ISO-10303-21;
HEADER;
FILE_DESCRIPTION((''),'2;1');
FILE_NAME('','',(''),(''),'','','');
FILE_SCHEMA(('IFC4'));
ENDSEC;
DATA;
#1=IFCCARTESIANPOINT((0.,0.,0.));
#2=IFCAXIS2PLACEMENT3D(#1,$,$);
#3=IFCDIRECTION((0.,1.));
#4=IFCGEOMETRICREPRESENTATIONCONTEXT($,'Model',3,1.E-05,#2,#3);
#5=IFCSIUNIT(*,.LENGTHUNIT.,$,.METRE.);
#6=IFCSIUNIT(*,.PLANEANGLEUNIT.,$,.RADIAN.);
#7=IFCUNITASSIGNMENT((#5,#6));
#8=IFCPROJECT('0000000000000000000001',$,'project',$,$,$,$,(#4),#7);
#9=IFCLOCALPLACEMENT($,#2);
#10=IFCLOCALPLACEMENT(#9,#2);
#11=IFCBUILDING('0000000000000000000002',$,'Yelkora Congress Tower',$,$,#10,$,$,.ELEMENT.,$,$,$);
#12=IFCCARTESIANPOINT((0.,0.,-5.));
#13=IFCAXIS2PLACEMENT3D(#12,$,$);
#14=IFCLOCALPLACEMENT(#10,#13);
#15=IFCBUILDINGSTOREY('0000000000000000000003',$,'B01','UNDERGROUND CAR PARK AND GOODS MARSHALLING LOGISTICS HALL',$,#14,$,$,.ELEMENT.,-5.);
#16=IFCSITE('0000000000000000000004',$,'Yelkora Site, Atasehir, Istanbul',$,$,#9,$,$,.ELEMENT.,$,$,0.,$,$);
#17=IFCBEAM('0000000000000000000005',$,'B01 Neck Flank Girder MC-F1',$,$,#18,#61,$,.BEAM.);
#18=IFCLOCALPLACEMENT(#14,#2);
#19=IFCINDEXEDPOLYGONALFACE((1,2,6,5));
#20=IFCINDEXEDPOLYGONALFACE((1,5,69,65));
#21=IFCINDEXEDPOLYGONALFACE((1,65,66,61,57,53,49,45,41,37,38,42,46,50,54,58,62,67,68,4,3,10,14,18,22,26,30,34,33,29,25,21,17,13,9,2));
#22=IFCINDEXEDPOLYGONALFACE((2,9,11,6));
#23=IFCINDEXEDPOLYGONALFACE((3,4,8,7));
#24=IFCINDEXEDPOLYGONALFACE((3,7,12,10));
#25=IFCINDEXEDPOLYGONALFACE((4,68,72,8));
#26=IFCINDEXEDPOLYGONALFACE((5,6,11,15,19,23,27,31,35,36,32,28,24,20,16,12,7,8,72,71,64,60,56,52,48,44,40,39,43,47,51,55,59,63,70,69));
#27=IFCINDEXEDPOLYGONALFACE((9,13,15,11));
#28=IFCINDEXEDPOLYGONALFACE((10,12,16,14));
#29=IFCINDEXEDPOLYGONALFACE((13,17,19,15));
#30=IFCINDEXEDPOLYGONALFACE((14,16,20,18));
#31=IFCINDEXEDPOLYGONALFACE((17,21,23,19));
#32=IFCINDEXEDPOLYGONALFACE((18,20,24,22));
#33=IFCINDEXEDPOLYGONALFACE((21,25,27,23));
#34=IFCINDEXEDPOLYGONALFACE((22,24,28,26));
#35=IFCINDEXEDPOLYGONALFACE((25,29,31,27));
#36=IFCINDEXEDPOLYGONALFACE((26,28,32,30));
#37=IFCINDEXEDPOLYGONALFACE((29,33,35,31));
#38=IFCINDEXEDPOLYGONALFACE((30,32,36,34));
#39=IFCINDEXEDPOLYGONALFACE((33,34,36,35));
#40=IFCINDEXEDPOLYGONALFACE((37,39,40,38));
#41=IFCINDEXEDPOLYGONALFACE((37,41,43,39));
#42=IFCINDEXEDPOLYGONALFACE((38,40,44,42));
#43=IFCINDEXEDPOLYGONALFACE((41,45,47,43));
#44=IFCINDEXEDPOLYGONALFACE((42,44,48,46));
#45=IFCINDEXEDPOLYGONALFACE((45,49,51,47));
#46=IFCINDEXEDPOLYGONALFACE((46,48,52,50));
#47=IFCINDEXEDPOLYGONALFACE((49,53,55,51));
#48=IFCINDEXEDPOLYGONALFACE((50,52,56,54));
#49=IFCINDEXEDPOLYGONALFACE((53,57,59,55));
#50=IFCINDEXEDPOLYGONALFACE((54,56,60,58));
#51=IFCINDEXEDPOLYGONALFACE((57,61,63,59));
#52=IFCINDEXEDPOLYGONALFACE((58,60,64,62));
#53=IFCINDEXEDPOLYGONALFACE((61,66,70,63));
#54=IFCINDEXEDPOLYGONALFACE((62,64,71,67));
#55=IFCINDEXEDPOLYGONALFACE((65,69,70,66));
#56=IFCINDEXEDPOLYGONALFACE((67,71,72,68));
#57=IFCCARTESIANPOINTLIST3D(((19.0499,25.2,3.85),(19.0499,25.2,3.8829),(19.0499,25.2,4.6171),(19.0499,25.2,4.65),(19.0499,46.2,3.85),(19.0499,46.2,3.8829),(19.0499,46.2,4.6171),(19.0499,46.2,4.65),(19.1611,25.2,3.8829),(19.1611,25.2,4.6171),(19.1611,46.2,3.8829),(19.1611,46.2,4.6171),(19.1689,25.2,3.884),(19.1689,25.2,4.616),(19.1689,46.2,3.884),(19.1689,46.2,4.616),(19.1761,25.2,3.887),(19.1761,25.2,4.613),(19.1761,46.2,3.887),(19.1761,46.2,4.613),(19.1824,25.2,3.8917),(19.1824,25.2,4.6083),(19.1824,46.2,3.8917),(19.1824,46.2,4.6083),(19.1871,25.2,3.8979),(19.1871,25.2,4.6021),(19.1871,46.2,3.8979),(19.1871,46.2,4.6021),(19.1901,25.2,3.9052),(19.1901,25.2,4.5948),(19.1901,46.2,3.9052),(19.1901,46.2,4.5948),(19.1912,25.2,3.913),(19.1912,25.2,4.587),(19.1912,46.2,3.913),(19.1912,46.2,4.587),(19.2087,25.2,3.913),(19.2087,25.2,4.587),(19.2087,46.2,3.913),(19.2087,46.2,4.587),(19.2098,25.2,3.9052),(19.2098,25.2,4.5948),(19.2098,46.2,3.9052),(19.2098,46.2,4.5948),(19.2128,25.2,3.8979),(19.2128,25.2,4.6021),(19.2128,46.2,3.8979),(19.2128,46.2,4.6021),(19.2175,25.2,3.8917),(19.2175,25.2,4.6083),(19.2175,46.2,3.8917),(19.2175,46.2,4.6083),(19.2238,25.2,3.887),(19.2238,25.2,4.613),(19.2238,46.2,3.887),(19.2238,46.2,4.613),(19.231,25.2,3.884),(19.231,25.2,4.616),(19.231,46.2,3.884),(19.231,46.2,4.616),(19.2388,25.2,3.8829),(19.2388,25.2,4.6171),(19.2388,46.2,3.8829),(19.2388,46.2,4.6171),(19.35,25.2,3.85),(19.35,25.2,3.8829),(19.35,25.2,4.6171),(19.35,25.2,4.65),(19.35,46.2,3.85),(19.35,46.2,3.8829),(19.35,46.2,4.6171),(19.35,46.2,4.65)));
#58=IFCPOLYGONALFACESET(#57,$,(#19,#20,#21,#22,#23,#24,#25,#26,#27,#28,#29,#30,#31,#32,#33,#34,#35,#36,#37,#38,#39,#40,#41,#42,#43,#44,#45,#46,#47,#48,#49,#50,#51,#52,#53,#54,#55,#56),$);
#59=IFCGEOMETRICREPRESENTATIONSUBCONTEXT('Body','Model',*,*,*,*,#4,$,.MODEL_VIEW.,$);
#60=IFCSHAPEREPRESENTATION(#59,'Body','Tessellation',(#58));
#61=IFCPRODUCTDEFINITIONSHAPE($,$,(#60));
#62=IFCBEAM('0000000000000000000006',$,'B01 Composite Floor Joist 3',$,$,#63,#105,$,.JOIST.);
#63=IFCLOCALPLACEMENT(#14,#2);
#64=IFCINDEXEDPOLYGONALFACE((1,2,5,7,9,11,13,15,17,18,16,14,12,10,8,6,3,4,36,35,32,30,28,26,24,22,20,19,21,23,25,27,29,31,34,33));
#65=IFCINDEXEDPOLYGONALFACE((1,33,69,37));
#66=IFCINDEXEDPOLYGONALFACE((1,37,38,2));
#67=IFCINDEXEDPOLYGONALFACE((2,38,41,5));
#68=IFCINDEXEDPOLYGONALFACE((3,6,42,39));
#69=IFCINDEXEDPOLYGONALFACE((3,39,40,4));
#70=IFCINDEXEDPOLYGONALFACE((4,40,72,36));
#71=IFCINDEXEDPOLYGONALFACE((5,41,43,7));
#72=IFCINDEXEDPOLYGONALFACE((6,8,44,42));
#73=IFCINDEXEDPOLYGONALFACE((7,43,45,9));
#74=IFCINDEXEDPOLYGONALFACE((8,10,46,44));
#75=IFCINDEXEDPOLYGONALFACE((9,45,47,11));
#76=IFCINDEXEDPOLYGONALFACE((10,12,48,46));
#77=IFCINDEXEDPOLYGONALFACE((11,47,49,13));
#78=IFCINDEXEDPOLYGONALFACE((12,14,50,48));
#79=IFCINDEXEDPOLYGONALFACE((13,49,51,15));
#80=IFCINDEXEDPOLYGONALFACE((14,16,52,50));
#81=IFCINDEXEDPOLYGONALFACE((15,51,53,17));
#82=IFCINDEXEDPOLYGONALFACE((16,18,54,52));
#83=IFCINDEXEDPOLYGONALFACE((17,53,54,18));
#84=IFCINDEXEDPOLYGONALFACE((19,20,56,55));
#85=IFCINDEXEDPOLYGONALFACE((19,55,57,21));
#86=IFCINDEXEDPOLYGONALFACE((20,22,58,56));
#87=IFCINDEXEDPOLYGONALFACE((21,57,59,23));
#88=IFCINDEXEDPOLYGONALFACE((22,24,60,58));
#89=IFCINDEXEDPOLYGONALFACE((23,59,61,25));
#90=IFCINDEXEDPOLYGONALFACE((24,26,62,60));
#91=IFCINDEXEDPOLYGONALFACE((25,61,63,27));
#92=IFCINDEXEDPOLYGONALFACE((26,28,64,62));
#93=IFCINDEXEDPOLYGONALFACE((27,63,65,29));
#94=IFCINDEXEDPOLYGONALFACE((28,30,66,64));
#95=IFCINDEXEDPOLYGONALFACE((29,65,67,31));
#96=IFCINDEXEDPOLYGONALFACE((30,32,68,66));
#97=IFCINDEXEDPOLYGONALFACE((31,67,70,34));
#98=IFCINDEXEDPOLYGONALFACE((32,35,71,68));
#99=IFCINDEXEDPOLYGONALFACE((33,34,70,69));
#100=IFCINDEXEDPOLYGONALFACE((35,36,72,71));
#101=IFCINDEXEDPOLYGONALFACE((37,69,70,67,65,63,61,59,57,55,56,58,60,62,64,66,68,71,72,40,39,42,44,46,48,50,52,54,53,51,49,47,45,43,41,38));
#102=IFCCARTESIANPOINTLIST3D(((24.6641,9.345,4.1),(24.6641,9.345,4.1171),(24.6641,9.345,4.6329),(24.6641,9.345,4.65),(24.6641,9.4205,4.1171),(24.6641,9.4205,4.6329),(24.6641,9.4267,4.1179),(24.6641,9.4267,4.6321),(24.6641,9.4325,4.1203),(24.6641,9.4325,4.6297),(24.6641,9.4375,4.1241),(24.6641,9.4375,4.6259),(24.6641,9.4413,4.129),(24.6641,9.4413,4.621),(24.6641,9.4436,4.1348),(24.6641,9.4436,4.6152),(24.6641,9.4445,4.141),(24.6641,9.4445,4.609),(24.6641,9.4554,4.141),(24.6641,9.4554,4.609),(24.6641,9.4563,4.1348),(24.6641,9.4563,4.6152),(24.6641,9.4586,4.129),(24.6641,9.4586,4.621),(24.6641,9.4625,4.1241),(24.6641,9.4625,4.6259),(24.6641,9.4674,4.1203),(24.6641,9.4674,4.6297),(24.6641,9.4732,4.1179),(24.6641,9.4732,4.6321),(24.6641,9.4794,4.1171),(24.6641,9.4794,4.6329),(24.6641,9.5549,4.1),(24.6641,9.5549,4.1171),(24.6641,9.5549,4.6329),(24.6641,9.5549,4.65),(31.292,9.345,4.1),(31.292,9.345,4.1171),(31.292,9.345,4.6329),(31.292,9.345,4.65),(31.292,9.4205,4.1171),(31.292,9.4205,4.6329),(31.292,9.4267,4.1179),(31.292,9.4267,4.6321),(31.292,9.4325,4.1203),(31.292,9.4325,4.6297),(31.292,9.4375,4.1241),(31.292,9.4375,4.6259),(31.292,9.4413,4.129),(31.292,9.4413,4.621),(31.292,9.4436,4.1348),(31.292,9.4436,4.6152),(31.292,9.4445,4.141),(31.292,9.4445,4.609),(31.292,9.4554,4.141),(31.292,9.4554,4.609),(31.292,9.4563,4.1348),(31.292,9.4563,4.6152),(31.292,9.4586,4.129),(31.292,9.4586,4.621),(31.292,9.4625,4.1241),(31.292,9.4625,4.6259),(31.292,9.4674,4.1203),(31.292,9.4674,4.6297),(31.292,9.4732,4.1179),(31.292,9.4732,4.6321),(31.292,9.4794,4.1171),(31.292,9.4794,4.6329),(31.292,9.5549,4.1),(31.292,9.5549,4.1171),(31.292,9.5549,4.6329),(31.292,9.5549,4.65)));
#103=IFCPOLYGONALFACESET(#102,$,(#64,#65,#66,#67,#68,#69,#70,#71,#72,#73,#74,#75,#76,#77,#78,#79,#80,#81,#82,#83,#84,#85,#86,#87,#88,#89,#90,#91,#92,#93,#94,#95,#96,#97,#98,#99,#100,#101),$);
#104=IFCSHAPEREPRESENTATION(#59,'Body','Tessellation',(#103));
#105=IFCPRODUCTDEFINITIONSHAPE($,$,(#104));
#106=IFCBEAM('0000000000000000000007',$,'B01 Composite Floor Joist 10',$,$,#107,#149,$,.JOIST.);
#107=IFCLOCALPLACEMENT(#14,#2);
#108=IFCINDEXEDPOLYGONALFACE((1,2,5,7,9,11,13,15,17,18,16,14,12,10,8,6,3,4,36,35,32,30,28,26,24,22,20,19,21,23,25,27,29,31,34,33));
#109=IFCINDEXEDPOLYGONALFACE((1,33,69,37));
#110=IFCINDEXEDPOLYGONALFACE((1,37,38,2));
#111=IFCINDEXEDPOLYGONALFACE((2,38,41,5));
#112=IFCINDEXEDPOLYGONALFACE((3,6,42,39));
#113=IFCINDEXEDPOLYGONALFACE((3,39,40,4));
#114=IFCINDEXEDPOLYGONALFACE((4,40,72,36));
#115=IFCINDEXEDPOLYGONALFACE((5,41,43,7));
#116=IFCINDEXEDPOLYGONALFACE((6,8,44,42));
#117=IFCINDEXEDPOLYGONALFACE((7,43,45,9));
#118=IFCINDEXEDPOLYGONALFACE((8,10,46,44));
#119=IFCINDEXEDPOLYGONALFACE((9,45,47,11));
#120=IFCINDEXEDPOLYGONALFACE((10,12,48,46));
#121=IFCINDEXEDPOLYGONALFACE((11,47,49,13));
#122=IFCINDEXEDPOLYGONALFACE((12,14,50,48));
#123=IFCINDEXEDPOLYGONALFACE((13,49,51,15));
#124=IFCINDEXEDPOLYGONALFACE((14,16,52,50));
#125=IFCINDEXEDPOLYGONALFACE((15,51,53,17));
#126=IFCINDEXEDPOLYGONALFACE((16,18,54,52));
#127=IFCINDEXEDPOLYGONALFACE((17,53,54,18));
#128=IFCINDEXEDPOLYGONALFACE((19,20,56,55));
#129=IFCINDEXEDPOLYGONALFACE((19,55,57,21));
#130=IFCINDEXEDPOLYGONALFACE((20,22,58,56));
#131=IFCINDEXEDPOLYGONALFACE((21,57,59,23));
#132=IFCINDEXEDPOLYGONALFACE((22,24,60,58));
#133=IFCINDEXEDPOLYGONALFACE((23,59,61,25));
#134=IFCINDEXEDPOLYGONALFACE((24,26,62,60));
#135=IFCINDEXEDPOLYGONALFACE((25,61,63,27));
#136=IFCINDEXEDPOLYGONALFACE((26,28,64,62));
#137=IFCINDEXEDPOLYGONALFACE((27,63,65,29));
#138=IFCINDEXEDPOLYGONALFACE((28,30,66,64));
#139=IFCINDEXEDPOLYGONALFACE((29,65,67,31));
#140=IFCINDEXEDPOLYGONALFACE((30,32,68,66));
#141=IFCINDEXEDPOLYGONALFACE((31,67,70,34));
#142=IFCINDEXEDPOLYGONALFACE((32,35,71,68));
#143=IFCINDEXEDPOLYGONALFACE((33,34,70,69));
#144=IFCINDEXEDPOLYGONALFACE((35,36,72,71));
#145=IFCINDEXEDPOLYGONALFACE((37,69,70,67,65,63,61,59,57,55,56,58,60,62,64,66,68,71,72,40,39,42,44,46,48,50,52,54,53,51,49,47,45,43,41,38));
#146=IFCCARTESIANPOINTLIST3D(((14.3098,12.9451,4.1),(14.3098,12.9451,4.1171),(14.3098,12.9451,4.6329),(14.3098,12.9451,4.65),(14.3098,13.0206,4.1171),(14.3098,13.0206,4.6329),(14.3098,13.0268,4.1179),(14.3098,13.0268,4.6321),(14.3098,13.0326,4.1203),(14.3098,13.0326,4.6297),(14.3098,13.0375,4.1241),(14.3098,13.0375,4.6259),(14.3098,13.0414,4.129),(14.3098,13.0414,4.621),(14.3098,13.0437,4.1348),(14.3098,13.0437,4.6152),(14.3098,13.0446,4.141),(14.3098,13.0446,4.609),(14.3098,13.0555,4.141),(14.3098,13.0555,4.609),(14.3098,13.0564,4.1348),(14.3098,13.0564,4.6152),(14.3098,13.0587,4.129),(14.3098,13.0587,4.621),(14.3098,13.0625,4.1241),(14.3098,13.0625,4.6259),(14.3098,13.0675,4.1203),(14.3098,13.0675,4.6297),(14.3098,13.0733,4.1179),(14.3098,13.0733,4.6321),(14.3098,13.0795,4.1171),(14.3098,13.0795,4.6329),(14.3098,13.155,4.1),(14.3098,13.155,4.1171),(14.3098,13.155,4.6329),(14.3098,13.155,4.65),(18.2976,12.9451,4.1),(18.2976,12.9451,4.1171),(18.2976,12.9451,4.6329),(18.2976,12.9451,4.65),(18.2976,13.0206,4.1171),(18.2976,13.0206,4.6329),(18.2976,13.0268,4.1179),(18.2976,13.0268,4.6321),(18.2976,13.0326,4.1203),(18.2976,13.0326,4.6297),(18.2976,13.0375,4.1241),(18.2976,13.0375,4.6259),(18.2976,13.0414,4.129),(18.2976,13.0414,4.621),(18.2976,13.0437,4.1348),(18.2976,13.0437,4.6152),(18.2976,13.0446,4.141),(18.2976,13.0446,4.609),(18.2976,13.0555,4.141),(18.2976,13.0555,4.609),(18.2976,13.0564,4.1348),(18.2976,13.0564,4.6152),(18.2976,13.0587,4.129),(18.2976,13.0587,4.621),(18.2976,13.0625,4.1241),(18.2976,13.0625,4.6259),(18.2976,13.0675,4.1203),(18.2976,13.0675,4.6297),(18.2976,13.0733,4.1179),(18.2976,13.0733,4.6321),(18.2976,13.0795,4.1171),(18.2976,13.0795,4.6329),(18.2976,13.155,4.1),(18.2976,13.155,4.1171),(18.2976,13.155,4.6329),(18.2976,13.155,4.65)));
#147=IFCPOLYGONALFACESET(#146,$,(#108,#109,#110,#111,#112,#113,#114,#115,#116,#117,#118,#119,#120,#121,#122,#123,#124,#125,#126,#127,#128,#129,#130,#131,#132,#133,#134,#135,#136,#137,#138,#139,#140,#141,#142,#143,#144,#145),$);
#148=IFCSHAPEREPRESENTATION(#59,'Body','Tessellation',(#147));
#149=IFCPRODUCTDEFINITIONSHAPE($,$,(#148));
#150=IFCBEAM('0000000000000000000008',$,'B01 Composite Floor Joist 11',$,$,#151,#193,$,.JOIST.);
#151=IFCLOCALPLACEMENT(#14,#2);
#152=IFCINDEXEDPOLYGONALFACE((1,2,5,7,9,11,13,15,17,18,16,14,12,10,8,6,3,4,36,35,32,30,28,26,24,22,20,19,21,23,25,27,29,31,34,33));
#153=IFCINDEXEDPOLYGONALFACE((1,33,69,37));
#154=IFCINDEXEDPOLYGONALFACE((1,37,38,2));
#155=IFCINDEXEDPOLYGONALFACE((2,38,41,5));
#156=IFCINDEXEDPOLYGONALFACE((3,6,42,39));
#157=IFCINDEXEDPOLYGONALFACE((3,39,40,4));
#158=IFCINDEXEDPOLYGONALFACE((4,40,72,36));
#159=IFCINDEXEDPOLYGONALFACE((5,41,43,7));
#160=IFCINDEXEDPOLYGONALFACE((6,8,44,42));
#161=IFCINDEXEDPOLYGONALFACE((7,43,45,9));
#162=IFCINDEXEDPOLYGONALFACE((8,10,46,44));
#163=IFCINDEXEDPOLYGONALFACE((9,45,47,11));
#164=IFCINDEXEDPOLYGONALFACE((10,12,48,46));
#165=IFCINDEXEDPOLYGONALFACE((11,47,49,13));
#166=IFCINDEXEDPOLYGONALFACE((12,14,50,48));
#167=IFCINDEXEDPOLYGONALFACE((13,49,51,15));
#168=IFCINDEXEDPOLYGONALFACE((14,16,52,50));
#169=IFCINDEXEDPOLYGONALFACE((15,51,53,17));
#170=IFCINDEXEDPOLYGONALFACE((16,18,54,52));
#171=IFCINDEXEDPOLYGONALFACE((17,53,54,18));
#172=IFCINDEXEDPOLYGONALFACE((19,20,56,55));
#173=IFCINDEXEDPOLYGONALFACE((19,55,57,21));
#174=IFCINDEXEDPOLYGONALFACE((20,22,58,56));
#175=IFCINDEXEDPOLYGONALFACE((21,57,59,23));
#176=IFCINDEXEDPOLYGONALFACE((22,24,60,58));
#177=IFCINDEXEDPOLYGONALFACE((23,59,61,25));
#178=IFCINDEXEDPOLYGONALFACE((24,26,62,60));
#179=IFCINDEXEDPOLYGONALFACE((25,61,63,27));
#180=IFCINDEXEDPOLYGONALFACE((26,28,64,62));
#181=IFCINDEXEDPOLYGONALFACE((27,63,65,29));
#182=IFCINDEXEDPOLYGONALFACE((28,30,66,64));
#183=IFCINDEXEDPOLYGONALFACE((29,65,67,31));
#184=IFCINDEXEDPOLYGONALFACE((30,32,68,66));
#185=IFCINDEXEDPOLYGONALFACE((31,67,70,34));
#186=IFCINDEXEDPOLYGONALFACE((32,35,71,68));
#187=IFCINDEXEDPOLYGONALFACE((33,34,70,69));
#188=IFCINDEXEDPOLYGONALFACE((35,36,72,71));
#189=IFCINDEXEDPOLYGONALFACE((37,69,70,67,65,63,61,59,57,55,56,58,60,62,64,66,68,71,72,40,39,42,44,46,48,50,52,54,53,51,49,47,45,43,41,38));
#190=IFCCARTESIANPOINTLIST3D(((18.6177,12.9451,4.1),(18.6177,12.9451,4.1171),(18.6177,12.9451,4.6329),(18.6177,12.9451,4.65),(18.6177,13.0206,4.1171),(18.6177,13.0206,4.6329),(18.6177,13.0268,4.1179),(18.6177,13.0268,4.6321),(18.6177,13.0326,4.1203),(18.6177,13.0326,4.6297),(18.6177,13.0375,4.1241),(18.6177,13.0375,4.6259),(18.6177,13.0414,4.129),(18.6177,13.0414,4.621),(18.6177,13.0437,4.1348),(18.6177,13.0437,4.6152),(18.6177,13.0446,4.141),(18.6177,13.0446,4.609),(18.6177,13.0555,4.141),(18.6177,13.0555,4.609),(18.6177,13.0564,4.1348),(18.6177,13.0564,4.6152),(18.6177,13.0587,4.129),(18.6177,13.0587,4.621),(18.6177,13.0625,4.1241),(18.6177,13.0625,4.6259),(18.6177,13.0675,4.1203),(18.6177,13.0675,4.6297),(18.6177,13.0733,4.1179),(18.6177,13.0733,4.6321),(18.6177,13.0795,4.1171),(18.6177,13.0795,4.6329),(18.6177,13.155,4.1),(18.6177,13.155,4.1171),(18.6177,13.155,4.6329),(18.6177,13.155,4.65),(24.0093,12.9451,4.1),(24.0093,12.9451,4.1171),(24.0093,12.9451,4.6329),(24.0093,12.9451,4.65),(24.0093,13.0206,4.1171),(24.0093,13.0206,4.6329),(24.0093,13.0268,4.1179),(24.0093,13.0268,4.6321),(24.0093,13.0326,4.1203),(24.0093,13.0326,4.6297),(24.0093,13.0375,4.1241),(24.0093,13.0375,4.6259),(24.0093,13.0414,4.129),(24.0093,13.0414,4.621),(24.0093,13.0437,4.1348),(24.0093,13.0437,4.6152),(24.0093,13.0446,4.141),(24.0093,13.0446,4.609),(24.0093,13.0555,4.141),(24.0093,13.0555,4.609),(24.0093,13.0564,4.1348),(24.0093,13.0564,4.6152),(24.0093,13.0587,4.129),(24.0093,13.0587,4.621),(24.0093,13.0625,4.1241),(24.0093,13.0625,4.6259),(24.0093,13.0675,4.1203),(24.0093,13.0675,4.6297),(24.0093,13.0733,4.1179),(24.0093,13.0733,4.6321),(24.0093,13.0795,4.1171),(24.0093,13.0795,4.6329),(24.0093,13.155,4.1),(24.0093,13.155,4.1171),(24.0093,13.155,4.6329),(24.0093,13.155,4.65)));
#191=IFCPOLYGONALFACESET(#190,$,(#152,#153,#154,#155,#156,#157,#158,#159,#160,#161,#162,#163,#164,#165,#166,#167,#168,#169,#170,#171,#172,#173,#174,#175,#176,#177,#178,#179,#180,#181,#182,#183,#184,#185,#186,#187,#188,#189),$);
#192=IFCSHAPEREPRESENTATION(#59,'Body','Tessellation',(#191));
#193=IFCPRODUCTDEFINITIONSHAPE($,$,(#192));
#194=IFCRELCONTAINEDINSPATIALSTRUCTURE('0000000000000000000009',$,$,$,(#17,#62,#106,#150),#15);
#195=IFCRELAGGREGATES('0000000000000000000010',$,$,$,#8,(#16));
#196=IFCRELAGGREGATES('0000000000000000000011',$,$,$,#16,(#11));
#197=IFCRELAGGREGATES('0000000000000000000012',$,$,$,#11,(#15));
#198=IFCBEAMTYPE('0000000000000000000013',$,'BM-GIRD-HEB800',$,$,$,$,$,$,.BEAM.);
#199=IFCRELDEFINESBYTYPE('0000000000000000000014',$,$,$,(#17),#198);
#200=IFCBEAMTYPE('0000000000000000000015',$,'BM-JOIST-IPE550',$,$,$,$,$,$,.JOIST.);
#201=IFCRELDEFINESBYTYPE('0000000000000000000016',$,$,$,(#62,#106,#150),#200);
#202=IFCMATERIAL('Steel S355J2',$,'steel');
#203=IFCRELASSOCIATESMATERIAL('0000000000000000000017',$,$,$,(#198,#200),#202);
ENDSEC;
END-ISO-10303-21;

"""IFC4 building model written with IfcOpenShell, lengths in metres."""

from ifc_helpers import new_model, si_unit, direction, frame, origin, origin_2d, place, context, subcontext, project, spatial, i_section, extrude, material, material_profile, profile_set, type_object, element, save


model = new_model("IFC4")

# Units and contexts
model_context = context("Model", 3, precision=1e-05, world=origin(), true_north=direction((0.0, 1.0)))
body_context = subcontext(model_context, "Body", "Model", "MODEL_VIEW")
ifc_project = project(units=[si_unit("LENGTHUNIT", "METRE"), si_unit("PLANEANGLEUNIT", "RADIAN")], contexts=[model_context])

# Site, building, storey
site_placement = place(None, origin())
site = spatial("IfcSite", under=ifc_project, at=site_placement, Name="Yelkora Site, Atasehir, Istanbul", CompositionType="ELEMENT", RefElevation=0.0)
building_placement = place(site_placement, origin())
building = spatial("IfcBuilding", under=site, at=building_placement, Name="Yelkora Congress Tower", CompositionType="ELEMENT")
storey_placement = place(building_placement, frame((0.0, 0.0, -5.0)))
storey = spatial("IfcBuildingStorey", under=building, at=storey_placement, Name="B01", Description="UNDERGROUND CAR PARK AND GOODS MARSHALLING LOGISTICS HALL", CompositionType="ELEMENT", Elevation=-5.0)

# Beams
ifc_material_1 = material(Name="Steel S355J2", Category="steel")
ifc_material_profile_1 = material_profile(ifc_material_1, i_section(OverallWidth=0.3, OverallDepth=0.8, WebThickness=0.0176, FlangeThickness=0.033, FilletRadius=0.03, at=origin_2d()), Name="HEB 800")
ifc_profile_set_1 = profile_set([ifc_material_profile_1], Name="Steel S355J2")
beam_type_1 = type_object("IfcBeamType", Name="BM-GIRD-HEB800", PredefinedType="BEAM", material=ifc_profile_set_1)
beam_1_placement = place(storey_placement, frame((19.2, 25.2, 4.25), z_axis=(0.0, 1.0, 0.0), x_axis=(-1.0, 0.0, 0.0)))
element("IfcBeam", 1, at=beam_1_placement, inside=storey, type_object=beam_type_1, Name="B01 Neck Flank Girder MC-F1", PredefinedType="BEAM", context=body_context, shape_type="SweptSolid", body=[
    extrude(i_section(OverallWidth=0.3, OverallDepth=0.8, WebThickness=0.0176, FlangeThickness=0.033, FilletRadius=0.03, at=origin_2d()), origin(), (0.0, 0.0, 1.0), 21.0),
])
ifc_material_profile_2 = material_profile(ifc_material_1, i_section(OverallWidth=0.21, OverallDepth=0.55, WebThickness=0.011, FlangeThickness=0.0171, FilletRadius=0.0239, at=origin_2d()), Name="IPE 550")
ifc_profile_set_2 = profile_set([ifc_material_profile_2], Name="Steel S355J2")
beam_type_2 = type_object("IfcBeamType", Name="BM-JOIST-IPE550", PredefinedType="JOIST", material=ifc_profile_set_2)
beam_2_placement = place(storey_placement, frame((24.6641, 9.45, 4.375), z_axis=(1.0, 0.0, 0.0), x_axis=(0.0, 1.0, 0.0)))
element("IfcBeam", 2, at=beam_2_placement, inside=storey, type_object=beam_type_2, Name="B01 Composite Floor Joist 3", PredefinedType="JOIST", context=body_context, shape_type="SweptSolid", body=[
    extrude(i_section(OverallWidth=0.21, OverallDepth=0.55, WebThickness=0.011, FlangeThickness=0.0171, FilletRadius=0.0239, at=origin_2d()), origin(), (0.0, 0.0, 1.0), 6.6279),
])
beam_3_placement = place(storey_placement, frame((14.3098, 13.05, 4.375), z_axis=(1.0, 0.0, 0.0), x_axis=(0.0, 1.0, 0.0)))
element("IfcBeam", 3, at=beam_3_placement, inside=storey, type_object=beam_type_2, Name="B01 Composite Floor Joist 10", PredefinedType="JOIST", context=body_context, shape_type="SweptSolid", body=[
    extrude(i_section(OverallWidth=0.21, OverallDepth=0.55, WebThickness=0.011, FlangeThickness=0.0171, FilletRadius=0.0239, at=origin_2d()), origin(), (0.0, 0.0, 1.0), 3.9878),
])
beam_4_placement = place(storey_placement, frame((18.6177, 13.05, 4.375), z_axis=(1.0, 0.0, 0.0), x_axis=(0.0, 1.0, 0.0)))
element("IfcBeam", 4, at=beam_4_placement, inside=storey, type_object=beam_type_2, Name="B01 Composite Floor Joist 11", PredefinedType="JOIST", context=body_context, shape_type="SweptSolid", body=[
    extrude(i_section(OverallWidth=0.21, OverallDepth=0.55, WebThickness=0.011, FlangeThickness=0.0171, FilletRadius=0.0239, at=origin_2d()), origin(), (0.0, 0.0, 1.0), 5.3916),
])

save(model, "model.ifc")
